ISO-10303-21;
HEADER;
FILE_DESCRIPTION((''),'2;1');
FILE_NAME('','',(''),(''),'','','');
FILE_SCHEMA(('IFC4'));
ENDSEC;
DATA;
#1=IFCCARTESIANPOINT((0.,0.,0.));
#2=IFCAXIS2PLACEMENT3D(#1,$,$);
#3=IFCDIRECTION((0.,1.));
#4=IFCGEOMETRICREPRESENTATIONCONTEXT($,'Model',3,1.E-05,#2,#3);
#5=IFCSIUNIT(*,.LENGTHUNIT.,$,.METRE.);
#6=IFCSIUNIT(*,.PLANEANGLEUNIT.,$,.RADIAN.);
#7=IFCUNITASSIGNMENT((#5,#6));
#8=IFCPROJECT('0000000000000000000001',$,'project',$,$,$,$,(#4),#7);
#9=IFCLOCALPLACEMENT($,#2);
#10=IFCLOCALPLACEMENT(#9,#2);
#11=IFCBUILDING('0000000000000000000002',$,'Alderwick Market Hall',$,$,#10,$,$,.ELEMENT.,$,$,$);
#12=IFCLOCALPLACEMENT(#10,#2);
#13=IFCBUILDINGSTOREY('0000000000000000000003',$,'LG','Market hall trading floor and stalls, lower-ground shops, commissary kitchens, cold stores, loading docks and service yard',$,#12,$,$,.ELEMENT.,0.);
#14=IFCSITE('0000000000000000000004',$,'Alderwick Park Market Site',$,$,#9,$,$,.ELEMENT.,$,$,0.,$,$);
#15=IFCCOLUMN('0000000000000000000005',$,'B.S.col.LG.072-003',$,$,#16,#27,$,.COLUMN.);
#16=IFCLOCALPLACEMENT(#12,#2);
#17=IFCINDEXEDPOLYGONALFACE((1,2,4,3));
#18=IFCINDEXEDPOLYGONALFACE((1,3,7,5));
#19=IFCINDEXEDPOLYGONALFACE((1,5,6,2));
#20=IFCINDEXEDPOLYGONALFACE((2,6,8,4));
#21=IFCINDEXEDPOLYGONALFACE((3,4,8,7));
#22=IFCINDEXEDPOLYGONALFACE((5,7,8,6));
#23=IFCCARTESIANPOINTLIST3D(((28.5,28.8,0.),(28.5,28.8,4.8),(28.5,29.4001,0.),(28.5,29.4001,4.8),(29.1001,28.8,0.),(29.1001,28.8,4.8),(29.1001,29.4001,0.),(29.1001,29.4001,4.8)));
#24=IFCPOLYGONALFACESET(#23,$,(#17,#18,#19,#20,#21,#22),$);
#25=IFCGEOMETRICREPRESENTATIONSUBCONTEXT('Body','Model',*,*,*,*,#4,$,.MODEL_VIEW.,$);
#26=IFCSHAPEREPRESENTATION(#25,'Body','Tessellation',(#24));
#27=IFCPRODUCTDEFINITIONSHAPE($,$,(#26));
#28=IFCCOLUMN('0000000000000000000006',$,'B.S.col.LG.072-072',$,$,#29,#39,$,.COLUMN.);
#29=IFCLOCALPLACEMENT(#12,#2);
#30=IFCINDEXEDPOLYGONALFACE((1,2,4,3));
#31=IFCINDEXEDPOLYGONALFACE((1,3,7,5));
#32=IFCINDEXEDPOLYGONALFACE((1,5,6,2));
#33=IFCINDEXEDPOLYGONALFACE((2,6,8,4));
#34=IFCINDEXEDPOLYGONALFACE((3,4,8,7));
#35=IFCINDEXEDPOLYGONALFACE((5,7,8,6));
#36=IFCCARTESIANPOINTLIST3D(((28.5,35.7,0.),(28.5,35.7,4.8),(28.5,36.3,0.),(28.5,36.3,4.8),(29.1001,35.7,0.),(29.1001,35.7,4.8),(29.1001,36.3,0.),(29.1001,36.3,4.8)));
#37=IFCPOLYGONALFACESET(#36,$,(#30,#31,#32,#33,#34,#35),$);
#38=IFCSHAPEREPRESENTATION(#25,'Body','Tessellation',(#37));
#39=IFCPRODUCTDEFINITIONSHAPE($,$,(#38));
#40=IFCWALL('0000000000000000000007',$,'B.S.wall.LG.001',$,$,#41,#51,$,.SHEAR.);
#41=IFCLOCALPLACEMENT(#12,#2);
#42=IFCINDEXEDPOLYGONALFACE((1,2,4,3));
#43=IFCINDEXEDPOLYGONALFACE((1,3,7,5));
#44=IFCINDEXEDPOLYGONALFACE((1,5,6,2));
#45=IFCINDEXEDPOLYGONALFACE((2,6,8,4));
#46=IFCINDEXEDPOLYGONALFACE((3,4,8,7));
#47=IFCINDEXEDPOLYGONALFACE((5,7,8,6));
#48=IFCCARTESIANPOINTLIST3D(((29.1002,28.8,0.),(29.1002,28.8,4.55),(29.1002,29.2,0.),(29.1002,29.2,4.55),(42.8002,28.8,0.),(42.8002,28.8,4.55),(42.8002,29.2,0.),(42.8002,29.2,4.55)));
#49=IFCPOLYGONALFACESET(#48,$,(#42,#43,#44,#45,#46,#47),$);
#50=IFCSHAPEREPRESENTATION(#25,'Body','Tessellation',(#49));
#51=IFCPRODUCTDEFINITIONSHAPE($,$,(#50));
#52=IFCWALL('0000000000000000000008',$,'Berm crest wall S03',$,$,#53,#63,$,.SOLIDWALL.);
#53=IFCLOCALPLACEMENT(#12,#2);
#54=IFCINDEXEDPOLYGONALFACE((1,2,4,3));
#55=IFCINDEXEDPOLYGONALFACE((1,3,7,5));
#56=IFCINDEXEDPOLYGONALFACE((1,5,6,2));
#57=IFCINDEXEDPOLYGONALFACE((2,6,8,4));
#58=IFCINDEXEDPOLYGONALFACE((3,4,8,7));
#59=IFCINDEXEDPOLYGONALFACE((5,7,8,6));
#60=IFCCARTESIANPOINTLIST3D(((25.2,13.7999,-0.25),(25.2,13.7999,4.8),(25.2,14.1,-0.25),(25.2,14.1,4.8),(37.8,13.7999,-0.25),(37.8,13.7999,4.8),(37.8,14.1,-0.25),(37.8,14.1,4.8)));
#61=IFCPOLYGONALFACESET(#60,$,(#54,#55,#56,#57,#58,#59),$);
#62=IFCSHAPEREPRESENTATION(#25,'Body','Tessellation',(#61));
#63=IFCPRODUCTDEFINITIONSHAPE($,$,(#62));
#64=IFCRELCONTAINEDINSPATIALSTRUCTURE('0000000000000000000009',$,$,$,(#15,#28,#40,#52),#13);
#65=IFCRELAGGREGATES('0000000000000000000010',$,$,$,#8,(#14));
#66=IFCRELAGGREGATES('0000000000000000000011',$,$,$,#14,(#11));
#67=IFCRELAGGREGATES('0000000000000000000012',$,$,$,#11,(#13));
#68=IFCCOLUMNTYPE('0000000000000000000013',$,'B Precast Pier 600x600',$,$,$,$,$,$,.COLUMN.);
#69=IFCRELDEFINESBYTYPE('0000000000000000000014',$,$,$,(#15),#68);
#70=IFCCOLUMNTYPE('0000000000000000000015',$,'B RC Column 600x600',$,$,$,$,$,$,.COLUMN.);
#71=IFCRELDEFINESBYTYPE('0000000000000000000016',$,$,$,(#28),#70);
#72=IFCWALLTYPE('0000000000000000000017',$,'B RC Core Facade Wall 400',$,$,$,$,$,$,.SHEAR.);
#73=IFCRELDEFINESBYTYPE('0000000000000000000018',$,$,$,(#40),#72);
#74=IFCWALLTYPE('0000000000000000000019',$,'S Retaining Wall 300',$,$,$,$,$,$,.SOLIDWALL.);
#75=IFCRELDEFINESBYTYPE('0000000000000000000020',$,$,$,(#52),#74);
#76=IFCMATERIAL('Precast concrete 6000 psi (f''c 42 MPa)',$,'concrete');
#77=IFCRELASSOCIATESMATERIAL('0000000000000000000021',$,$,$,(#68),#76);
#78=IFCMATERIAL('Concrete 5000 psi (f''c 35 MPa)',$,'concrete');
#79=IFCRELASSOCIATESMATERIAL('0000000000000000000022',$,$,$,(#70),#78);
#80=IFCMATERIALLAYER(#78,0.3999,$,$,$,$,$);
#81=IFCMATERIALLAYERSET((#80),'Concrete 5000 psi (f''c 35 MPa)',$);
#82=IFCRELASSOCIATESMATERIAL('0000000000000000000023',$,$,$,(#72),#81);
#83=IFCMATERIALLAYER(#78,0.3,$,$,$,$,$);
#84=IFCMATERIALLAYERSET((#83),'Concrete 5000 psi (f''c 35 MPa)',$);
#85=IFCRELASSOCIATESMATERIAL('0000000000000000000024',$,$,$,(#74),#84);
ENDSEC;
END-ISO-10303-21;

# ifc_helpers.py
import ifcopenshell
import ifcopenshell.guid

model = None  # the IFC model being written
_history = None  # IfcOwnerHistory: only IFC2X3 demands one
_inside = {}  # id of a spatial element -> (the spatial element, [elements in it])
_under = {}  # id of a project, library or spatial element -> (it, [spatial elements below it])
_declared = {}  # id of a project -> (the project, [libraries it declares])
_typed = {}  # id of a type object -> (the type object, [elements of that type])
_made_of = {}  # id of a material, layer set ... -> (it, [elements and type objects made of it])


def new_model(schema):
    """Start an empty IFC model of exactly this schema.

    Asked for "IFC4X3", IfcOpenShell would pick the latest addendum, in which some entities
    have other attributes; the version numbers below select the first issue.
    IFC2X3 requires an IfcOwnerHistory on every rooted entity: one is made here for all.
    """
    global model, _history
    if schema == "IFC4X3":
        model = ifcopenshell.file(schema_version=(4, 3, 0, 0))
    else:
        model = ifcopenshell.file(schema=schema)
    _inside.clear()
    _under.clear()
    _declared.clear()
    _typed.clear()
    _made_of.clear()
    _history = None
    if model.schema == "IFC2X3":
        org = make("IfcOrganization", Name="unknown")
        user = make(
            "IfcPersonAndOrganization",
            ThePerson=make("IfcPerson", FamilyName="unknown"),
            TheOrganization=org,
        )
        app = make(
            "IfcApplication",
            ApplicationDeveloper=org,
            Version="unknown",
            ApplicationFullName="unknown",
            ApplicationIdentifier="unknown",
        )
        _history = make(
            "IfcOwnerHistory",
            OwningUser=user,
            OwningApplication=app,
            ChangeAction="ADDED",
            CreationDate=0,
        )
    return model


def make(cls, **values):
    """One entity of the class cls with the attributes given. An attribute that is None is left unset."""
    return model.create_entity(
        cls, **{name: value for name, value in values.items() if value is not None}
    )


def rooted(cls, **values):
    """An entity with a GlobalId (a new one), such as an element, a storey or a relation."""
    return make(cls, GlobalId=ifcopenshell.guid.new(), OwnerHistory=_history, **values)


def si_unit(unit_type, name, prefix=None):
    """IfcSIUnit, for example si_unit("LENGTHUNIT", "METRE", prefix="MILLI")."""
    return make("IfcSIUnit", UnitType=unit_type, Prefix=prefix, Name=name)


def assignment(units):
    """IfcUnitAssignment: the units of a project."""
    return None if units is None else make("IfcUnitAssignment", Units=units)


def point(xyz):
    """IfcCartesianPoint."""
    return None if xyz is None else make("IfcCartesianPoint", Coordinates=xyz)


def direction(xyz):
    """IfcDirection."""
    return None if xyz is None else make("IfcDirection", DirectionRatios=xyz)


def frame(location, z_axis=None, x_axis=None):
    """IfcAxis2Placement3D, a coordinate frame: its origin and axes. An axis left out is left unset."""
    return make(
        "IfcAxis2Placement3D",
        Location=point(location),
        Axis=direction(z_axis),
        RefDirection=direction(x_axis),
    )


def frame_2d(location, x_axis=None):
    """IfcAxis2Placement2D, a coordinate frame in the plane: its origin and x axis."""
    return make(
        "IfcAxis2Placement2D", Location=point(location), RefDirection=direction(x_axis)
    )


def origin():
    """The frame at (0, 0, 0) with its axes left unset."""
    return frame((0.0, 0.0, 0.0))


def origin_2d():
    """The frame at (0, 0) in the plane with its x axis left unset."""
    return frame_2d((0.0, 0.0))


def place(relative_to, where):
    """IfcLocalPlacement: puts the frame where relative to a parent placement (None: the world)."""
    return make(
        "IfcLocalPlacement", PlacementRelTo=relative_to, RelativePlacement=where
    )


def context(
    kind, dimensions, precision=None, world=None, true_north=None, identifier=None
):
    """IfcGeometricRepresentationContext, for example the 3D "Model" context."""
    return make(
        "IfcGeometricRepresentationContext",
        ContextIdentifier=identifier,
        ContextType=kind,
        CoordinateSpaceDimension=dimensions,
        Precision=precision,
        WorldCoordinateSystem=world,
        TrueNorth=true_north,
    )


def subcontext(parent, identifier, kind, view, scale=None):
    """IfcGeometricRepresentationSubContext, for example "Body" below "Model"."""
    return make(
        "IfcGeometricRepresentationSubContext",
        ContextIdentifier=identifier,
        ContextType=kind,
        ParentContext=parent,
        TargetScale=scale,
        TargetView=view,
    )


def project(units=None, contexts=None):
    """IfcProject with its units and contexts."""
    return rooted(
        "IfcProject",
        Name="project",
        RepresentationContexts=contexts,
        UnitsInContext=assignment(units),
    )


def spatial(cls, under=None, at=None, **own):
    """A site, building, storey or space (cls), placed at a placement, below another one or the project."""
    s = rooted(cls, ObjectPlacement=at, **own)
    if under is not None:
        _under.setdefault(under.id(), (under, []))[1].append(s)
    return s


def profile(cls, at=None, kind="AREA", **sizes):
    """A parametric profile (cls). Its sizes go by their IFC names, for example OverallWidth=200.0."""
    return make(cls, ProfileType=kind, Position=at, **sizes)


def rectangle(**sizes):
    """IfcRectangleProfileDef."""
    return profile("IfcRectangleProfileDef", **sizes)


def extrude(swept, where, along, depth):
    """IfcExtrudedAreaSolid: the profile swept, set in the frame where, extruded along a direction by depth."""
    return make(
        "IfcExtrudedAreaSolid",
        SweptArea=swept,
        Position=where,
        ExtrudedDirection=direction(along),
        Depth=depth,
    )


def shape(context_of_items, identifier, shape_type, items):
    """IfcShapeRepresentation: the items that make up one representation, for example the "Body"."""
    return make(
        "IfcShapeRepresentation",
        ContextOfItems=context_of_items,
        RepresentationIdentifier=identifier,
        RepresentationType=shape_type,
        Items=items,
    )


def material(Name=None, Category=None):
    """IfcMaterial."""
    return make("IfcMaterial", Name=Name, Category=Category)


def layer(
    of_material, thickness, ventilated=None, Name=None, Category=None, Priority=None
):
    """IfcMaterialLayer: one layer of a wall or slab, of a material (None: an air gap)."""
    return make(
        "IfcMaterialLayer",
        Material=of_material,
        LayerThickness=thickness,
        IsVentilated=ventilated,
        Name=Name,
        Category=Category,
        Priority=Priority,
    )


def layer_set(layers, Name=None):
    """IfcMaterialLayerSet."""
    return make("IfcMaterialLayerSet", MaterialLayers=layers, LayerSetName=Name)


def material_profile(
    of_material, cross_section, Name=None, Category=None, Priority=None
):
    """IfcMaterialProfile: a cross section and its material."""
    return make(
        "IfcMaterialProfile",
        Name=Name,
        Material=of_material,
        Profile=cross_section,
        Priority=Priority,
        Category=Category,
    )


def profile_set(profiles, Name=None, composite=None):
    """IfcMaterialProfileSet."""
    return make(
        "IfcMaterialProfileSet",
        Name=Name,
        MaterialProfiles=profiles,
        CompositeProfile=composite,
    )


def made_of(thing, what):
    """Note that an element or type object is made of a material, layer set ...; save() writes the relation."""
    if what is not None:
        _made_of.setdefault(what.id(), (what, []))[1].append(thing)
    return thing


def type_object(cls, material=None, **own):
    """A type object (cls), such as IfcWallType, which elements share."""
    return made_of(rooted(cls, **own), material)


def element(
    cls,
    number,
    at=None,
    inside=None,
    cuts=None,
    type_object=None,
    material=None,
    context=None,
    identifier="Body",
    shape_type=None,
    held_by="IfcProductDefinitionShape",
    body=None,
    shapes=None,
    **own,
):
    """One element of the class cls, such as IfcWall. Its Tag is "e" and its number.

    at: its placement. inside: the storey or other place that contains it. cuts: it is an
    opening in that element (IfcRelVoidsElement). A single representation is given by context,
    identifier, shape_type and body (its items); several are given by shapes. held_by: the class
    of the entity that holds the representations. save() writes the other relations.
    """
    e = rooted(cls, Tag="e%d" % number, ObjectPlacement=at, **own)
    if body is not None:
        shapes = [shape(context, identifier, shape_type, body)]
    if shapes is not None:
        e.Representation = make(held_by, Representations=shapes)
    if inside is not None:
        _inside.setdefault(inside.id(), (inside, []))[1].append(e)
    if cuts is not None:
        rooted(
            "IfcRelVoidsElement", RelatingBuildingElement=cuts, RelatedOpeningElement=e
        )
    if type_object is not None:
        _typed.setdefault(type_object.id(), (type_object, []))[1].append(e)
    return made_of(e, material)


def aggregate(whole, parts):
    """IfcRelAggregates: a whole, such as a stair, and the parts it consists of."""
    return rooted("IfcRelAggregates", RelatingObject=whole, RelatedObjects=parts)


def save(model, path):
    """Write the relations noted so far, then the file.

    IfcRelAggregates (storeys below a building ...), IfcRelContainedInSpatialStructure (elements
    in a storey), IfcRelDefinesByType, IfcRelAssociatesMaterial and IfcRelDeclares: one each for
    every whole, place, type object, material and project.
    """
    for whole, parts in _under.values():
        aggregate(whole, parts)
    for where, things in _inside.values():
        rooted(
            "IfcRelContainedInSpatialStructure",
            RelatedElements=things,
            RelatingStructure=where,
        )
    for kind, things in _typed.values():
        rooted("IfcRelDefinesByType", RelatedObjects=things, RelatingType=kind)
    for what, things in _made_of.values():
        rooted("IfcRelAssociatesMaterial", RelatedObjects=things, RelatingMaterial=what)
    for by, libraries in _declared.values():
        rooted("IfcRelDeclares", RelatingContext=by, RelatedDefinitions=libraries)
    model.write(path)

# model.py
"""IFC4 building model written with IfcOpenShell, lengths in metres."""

from ifc_helpers import new_model, si_unit, direction, frame, frame_2d, origin, origin_2d, place, context, subcontext, project, spatial, rectangle, extrude, material, layer, layer_set, material_profile, profile_set, type_object, element, save


model = new_model("IFC4")

# Units and contexts
model_context = context("Model", 3, precision=1e-05, world=origin(), true_north=direction((0.0, 1.0)))
body_context = subcontext(model_context, "Body", "Model", "MODEL_VIEW")
ifc_project = project(units=[si_unit("LENGTHUNIT", "METRE"), si_unit("PLANEANGLEUNIT", "RADIAN")], contexts=[model_context])

# Site, building, storey
site_placement = place(None, origin())
site = spatial("IfcSite", under=ifc_project, at=site_placement, Name="Alderwick Park Market Site", CompositionType="ELEMENT", RefElevation=0.0)
building_placement = place(site_placement, origin())
building = spatial("IfcBuilding", under=site, at=building_placement, Name="Alderwick Market Hall", CompositionType="ELEMENT")
storey_placement = place(building_placement, origin())
storey = spatial("IfcBuildingStorey", under=building, at=storey_placement, Name="LG", Description="Market hall trading floor and stalls, lower-ground shops, commissary kitchens, cold stores, loading docks and service yard", CompositionType="ELEMENT", Elevation=0.0)

# Shared definitions
ifc_material_1 = material(Name="Concrete 5000 psi (f'c 35 MPa)", Category="concrete")

# Columns
ifc_material_2 = material(Name="Precast concrete 6000 psi (f'c 42 MPa)", Category="concrete")
ifc_material_profile_1 = material_profile(ifc_material_2, rectangle(XDim=0.6001, YDim=0.6001, at=origin_2d()), Name="B Precast Pier 600x600")
ifc_profile_set_1 = profile_set([ifc_material_profile_1], Name="Precast concrete 6000 psi (f'c 42 MPa)")
column_type_1 = type_object("IfcColumnType", Name="B Precast Pier 600x600", PredefinedType="COLUMN", material=ifc_profile_set_1)
column_1_placement = place(storey_placement, frame((28.8, 29.1001, 0.0), z_axis=(0.0, 0.0, 1.0), x_axis=(1.0, 0.0, 0.0)))
element("IfcColumn", 1, at=column_1_placement, inside=storey, type_object=column_type_1, Name="B.S.col.LG.072-003", PredefinedType="COLUMN", context=body_context, shape_type="SweptSolid", body=[
    extrude(rectangle(XDim=0.6001, YDim=0.6001, at=origin_2d()), origin(), (0.0, 0.0, 1.0), 4.8),
])
ifc_material_profile_2 = material_profile(ifc_material_1, rectangle(XDim=0.6001, YDim=0.6001, at=origin_2d()), Name="B RC Column 600x600")
ifc_profile_set_2 = profile_set([ifc_material_profile_2], Name="Concrete 5000 psi (f'c 35 MPa)")
column_type_2 = type_object("IfcColumnType", Name="B RC Column 600x600", PredefinedType="COLUMN", material=ifc_profile_set_2)
column_2_placement = place(storey_placement, frame((28.8, 36.0, 0.0), z_axis=(0.0, 0.0, 1.0), x_axis=(1.0, 0.0, 0.0)))
element("IfcColumn", 2, at=column_2_placement, inside=storey, type_object=column_type_2, Name="B.S.col.LG.072-072", PredefinedType="COLUMN", context=body_context, shape_type="SweptSolid", body=[
    extrude(rectangle(XDim=0.6001, YDim=0.6001, at=origin_2d()), origin(), (0.0, 0.0, 1.0), 4.8),
])

# Walls
ifc_layer_1 = layer(ifc_material_1, 0.3999)
ifc_layer_set_1 = layer_set([ifc_layer_1], Name="Concrete 5000 psi (f'c 35 MPa)")
wall_type_1 = type_object("IfcWallType", Name="B RC Core Facade Wall 400", PredefinedType="SHEAR", material=ifc_layer_set_1)
wall_1_placement = place(storey_placement, frame((29.1001, 29.0, 0.0), z_axis=(0.0, 0.0, 1.0), x_axis=(1.0, 0.0, 0.0)))
element("IfcWall", 3, at=wall_1_placement, inside=storey, type_object=wall_type_1, Name="B.S.wall.LG.001", PredefinedType="SHEAR", context=body_context, shape_type="SweptSolid", body=[
    extrude(rectangle(XDim=13.7, YDim=0.3999, at=frame_2d((6.8501, 0.0))), origin(), (0.0, 0.0, 1.0), 4.55),
])
ifc_layer_2 = layer(ifc_material_1, 0.3)
ifc_layer_set_2 = layer_set([ifc_layer_2], Name="Concrete 5000 psi (f'c 35 MPa)")
wall_type_2 = type_object("IfcWallType", Name="S Retaining Wall 300", PredefinedType="SOLIDWALL", material=ifc_layer_set_2)
wall_2_placement = place(storey_placement, frame((25.2, 13.95, -0.25), z_axis=(0.0, 0.0, 1.0), x_axis=(1.0, 0.0, 0.0)))
element("IfcWall", 4, at=wall_2_placement, inside=storey, type_object=wall_type_2, Name="Berm crest wall S03", PredefinedType="SOLIDWALL", context=body_context, shape_type="SweptSolid", body=[
    extrude(rectangle(XDim=12.6001, YDim=0.3, at=frame_2d((6.3, 0.0))), origin(), (0.0, 0.0, 1.0), 5.05),
])

save(model, "model.ifc")
